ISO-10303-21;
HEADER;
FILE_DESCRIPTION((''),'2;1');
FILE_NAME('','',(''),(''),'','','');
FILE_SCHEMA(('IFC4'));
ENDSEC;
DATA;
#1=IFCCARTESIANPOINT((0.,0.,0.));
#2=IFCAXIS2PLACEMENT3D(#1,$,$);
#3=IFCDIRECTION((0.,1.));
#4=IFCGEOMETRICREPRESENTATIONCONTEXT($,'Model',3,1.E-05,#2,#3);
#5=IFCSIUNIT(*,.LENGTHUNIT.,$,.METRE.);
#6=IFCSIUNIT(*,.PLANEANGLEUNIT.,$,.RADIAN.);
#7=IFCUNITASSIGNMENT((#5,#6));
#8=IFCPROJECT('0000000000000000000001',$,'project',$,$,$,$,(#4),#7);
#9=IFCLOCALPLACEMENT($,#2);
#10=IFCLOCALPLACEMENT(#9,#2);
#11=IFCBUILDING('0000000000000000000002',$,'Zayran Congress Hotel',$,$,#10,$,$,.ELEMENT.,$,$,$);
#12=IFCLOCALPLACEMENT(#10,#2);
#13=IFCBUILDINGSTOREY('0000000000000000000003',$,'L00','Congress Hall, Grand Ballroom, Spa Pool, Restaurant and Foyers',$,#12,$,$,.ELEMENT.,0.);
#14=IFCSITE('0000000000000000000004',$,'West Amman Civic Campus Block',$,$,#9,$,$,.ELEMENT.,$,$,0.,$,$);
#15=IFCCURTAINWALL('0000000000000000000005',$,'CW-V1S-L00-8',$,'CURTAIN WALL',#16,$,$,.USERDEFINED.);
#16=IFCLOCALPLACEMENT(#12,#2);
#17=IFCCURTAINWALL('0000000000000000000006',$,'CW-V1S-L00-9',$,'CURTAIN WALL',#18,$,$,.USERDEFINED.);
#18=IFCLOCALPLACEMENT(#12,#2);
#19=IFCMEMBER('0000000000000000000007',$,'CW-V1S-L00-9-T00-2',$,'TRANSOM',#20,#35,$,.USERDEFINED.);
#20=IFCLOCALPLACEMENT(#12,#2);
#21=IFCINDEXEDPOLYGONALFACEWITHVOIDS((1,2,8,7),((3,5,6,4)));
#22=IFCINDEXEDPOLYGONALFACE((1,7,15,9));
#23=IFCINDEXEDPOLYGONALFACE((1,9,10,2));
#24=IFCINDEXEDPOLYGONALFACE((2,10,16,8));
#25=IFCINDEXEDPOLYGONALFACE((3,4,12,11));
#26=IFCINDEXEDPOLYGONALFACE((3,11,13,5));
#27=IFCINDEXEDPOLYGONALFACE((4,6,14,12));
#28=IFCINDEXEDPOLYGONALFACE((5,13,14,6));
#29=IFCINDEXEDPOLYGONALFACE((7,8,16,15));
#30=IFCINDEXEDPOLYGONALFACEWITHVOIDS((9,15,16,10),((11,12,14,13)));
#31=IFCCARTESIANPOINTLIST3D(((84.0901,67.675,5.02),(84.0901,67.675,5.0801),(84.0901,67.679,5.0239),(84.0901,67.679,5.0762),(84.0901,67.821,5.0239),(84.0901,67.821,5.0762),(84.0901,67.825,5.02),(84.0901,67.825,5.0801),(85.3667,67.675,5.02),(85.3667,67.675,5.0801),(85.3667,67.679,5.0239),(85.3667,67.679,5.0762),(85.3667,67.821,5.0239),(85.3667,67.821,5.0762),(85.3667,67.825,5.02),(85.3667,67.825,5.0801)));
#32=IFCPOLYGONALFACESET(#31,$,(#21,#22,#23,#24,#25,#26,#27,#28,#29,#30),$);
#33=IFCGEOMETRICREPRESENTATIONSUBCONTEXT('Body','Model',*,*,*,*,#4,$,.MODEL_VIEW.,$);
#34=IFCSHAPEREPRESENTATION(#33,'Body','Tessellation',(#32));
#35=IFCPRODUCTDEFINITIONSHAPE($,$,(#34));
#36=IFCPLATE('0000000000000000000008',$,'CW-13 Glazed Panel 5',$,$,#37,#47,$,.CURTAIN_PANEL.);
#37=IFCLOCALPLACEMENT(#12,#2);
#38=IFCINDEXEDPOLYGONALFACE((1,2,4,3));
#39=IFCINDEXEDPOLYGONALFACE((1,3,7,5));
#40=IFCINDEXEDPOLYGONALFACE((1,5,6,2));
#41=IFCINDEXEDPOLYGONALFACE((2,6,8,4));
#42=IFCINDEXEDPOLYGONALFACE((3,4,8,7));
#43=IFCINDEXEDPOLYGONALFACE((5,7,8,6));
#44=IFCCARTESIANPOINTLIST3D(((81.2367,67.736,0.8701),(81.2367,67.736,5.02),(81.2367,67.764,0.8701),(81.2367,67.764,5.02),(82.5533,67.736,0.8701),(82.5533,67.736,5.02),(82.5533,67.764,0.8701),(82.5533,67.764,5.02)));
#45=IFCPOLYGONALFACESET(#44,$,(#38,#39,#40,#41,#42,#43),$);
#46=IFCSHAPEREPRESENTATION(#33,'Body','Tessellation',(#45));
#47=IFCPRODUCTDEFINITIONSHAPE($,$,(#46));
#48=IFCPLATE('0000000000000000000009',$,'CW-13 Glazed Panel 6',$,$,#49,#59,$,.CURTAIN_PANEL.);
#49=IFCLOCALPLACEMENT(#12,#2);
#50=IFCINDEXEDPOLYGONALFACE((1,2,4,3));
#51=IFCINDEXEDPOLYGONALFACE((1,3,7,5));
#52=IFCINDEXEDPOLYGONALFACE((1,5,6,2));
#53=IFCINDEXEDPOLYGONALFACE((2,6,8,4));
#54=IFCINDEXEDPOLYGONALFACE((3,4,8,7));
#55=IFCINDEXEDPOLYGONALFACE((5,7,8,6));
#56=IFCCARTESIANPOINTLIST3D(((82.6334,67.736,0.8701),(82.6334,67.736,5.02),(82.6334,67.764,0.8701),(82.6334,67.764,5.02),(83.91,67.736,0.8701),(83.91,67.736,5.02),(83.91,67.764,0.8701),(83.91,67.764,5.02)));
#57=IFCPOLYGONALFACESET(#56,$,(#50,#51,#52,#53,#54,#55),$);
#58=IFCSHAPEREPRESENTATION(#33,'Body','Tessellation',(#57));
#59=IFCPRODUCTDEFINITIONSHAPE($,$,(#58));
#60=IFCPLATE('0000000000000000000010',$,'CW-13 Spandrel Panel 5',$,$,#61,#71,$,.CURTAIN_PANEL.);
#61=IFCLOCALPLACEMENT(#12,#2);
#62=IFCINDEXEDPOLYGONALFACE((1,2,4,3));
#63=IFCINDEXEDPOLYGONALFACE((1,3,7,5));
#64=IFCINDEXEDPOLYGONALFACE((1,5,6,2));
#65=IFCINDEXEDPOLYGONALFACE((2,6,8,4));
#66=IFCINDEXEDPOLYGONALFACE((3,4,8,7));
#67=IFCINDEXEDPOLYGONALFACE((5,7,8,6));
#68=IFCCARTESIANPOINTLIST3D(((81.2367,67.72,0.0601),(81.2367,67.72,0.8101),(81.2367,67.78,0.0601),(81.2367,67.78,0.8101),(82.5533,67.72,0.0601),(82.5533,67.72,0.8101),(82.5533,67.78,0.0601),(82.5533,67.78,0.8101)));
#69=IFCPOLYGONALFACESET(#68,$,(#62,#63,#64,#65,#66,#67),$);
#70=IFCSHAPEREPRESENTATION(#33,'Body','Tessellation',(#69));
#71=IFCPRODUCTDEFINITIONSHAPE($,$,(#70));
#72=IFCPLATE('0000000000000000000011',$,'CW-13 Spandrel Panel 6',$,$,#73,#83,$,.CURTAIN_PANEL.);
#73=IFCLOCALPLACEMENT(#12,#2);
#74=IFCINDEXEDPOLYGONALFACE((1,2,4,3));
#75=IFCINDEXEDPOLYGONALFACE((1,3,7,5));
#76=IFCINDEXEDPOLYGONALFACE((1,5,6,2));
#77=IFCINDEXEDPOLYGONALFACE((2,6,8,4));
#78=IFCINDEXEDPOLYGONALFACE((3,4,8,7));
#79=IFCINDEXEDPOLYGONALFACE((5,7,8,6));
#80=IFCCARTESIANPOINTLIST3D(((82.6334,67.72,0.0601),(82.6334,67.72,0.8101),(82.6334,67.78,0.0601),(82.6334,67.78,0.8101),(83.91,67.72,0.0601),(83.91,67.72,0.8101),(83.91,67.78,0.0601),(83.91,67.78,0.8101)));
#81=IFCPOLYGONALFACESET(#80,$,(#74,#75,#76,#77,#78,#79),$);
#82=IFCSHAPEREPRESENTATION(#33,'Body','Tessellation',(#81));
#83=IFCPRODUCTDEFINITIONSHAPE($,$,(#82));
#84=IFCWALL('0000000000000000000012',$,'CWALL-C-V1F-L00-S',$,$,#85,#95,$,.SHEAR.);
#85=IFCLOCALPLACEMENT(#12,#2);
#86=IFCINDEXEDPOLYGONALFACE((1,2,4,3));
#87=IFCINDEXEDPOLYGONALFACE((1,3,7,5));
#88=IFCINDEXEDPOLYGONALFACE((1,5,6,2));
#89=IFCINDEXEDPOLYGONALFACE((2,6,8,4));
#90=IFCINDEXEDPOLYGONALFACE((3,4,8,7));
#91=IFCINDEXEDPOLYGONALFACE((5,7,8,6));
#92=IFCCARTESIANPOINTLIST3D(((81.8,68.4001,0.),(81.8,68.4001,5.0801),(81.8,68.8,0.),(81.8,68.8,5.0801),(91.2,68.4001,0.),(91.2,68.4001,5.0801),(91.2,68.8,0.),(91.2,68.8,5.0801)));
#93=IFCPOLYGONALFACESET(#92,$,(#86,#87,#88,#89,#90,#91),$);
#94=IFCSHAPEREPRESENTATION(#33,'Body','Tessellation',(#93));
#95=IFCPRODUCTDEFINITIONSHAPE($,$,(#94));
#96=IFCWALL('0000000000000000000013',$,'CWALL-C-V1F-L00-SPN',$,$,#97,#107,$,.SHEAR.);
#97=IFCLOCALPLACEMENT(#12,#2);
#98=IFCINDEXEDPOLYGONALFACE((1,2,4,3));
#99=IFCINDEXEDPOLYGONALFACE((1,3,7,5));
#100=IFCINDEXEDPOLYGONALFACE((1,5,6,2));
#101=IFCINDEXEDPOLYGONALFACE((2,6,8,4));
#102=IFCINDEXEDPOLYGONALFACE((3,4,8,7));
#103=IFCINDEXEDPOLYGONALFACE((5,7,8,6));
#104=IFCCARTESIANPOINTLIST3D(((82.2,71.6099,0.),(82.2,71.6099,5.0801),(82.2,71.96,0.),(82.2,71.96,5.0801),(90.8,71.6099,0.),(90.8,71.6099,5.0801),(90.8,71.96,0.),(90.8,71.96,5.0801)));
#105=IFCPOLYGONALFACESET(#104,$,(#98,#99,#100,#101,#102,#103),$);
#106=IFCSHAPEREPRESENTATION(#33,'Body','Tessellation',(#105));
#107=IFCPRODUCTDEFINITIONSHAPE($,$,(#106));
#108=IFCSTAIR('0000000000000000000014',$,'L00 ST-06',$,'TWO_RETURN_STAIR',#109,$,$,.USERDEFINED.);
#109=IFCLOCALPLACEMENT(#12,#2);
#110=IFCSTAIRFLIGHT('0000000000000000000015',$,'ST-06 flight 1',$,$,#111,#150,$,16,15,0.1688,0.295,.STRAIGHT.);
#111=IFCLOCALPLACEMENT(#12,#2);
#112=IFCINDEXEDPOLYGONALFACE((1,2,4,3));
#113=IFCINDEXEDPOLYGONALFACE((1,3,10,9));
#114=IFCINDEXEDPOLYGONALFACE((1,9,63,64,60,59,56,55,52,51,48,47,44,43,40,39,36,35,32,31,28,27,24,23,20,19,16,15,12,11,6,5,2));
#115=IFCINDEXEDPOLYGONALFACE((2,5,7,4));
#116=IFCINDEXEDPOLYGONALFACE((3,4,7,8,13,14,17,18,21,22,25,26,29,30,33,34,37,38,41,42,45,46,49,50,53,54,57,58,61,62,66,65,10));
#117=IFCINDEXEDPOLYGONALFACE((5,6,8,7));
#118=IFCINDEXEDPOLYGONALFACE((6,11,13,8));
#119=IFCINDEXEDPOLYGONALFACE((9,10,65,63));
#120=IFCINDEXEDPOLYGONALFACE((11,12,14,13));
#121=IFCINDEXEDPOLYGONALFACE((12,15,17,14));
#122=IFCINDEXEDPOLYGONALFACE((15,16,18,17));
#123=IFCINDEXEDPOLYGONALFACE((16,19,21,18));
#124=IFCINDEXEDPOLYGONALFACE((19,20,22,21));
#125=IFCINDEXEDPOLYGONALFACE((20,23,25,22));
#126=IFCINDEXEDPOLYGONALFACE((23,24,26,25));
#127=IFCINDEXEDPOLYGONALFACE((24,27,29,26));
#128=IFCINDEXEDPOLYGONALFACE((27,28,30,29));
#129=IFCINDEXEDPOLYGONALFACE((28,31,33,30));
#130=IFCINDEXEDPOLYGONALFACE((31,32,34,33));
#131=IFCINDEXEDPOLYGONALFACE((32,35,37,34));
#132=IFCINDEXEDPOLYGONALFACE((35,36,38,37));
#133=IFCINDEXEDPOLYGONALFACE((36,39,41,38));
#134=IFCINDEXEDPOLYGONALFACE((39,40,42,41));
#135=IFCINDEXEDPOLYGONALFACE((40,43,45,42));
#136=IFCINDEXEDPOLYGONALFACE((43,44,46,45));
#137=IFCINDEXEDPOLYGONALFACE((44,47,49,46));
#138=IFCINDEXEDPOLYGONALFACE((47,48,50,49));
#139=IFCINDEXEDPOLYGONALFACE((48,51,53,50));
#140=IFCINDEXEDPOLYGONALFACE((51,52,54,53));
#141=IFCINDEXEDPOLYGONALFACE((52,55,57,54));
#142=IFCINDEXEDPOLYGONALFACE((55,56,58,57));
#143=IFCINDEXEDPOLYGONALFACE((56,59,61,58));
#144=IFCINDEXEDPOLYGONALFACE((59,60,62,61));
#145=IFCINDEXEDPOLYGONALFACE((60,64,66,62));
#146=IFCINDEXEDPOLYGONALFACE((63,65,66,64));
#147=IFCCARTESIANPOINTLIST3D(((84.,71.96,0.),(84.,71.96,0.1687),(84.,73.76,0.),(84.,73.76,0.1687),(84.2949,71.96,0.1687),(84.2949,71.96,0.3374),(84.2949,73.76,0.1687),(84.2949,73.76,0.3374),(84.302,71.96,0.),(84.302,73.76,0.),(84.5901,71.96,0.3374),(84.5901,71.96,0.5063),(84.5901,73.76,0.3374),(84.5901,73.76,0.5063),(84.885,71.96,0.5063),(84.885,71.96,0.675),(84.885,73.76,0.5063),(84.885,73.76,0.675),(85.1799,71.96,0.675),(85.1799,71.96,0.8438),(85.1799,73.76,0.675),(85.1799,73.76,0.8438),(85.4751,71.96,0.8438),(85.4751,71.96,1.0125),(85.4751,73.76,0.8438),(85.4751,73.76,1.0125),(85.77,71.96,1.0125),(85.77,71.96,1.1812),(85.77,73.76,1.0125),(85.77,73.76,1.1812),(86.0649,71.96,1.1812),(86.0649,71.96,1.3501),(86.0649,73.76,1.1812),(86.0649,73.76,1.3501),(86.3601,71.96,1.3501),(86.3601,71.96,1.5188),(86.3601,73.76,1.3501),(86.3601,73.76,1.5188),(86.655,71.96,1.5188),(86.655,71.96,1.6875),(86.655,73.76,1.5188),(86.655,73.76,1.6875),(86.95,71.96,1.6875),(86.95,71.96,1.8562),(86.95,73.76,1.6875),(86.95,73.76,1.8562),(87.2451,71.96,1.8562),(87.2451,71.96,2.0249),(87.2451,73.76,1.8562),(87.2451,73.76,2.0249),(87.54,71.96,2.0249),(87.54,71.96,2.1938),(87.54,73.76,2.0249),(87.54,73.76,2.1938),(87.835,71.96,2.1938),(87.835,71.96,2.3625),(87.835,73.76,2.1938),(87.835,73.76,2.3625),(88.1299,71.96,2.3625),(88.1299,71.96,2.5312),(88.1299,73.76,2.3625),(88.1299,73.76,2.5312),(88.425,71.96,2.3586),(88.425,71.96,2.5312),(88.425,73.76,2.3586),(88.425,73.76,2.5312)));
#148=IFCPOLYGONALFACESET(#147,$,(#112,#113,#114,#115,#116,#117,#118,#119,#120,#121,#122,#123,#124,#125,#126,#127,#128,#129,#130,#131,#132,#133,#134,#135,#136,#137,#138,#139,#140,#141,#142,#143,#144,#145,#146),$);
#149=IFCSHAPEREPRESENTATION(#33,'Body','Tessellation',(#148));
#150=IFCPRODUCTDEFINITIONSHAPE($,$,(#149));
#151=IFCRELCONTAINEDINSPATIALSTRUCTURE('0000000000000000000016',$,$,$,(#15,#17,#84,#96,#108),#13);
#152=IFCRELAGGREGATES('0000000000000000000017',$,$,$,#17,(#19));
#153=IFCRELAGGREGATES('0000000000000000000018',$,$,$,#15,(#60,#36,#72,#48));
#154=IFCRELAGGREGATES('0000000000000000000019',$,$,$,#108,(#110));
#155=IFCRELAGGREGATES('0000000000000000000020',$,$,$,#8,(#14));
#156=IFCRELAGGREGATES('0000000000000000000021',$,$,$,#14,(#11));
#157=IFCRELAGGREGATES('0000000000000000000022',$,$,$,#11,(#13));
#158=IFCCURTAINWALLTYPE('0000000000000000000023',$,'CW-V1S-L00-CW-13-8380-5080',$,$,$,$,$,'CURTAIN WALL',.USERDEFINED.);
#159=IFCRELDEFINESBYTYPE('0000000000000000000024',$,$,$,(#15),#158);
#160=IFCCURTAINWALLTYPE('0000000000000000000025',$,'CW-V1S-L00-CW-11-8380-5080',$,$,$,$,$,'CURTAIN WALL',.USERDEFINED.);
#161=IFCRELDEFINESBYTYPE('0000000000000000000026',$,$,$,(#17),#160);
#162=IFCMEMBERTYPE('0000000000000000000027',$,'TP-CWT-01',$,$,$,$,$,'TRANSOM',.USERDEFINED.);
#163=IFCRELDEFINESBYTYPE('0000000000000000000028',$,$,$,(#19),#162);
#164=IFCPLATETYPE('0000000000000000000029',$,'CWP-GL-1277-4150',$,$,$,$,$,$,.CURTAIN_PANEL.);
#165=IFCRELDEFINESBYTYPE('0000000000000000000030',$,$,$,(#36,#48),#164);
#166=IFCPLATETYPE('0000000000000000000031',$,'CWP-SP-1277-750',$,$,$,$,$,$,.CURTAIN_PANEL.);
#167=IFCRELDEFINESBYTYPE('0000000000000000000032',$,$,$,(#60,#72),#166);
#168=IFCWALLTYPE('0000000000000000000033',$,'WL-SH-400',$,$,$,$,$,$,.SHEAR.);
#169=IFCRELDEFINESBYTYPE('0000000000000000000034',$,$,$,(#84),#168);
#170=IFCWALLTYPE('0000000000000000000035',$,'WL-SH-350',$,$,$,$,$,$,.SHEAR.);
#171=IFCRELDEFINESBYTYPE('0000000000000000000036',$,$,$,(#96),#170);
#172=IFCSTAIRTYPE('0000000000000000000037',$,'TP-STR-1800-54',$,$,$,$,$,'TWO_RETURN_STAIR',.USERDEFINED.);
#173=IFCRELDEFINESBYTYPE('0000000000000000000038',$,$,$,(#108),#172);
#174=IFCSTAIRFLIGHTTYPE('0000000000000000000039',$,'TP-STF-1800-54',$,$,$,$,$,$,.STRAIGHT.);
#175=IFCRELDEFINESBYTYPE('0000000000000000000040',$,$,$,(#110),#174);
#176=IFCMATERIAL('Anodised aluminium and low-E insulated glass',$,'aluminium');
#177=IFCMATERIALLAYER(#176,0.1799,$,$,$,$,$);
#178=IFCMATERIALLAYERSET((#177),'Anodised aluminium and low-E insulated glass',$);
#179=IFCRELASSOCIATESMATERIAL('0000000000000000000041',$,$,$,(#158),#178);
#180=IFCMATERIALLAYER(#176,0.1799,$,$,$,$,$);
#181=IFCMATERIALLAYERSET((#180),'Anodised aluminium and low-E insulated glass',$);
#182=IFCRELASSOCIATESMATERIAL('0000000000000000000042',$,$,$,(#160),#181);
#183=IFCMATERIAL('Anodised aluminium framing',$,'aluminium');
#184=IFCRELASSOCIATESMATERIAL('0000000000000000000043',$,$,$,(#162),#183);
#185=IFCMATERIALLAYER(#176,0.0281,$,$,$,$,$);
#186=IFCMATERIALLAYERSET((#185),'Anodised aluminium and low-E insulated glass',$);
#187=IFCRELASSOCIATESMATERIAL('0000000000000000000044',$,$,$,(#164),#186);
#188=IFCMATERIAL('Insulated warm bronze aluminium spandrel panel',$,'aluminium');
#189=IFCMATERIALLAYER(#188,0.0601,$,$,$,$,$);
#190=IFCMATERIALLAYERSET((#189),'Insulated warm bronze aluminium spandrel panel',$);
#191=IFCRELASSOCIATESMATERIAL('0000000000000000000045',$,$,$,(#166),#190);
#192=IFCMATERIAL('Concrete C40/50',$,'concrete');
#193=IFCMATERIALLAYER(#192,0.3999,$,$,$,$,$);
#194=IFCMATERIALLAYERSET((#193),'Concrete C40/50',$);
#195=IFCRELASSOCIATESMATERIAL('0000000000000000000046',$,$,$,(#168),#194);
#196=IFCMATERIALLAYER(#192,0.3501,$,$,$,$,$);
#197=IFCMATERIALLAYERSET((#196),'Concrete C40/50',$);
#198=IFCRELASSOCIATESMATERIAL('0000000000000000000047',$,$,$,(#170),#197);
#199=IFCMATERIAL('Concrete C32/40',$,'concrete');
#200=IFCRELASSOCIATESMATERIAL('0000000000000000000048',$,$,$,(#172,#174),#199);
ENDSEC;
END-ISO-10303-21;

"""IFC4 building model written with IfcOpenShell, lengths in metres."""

from ifc_helpers import new_model, si_unit, direction, frame, frame_2d, origin, origin_2d, place, context, subcontext, project, spatial, polyline, rectangle, hollow_rectangle, outline, extrude, material, layer, layer_set, material_profile, profile_set, type_object, element, aggregate, save


model = new_model("IFC4")

# Units and contexts
model_context = context("Model", 3, precision=1e-05, world=origin(), true_north=direction((0.0, 1.0)))
body_context = subcontext(model_context, "Body", "Model", "MODEL_VIEW")
ifc_project = project(units=[si_unit("LENGTHUNIT", "METRE"), si_unit("PLANEANGLEUNIT", "RADIAN")], contexts=[model_context])

# Site, building, storey
site_placement = place(None, origin())
site = spatial("IfcSite", under=ifc_project, at=site_placement, Name="West Amman Civic Campus Block", CompositionType="ELEMENT", RefElevation=0.0)
building_placement = place(site_placement, origin())
building = spatial("IfcBuilding", under=site, at=building_placement, Name="Zayran Congress Hotel", CompositionType="ELEMENT")
storey_placement = place(building_placement, origin())
storey = spatial("IfcBuildingStorey", under=building, at=storey_placement, Name="L00", Description="Congress Hall, Grand Ballroom, Spa Pool, Restaurant and Foyers", CompositionType="ELEMENT", Elevation=0.0)

# Shared definitions
ifc_material_1 = material(Name="Concrete C40/50", Category="concrete")

# Curtain wall
ifc_material_2 = material(Name="Anodised aluminium and low-E insulated glass", Category="aluminium")
ifc_layer_1 = layer(ifc_material_2, 0.1799)
ifc_layer_set_1 = layer_set([ifc_layer_1], Name="Anodised aluminium and low-E insulated glass")
curtain_wall_type_1 = type_object("IfcCurtainWallType", Name="CW-V1S-L00-CW-13-8380-5080", ElementType="CURTAIN WALL", PredefinedType="USERDEFINED", material=ifc_layer_set_1)
curtain_wall_1_placement = place(storey_placement, origin())
curtain_wall_1 = element("IfcCurtainWall", 1, at=curtain_wall_1_placement, inside=storey, type_object=curtain_wall_type_1, Name="CW-V1S-L00-8", ObjectType="CURTAIN WALL", PredefinedType="USERDEFINED")
ifc_material_3 = material(Name="Anodised aluminium framing", Category="aluminium")

# Curtain wall
ifc_layer_2 = layer(ifc_material_2, 0.1799)
ifc_layer_set_2 = layer_set([ifc_layer_2], Name="Anodised aluminium and low-E insulated glass")
curtain_wall_type_2 = type_object("IfcCurtainWallType", Name="CW-V1S-L00-CW-11-8380-5080", ElementType="CURTAIN WALL", PredefinedType="USERDEFINED", material=ifc_layer_set_2)
curtain_wall_2_placement = place(storey_placement, origin())
curtain_wall_2 = element("IfcCurtainWall", 2, at=curtain_wall_2_placement, inside=storey, type_object=curtain_wall_type_2, Name="CW-V1S-L00-9", ObjectType="CURTAIN WALL", PredefinedType="USERDEFINED")

# Member
ifc_material_profile_1 = material_profile(ifc_material_3, hollow_rectangle(XDim=0.0601, YDim=0.1499, WallThickness=0.0039, at=origin_2d()), Name="RHS 150x60x4")
ifc_profile_set_1 = profile_set([ifc_material_profile_1], Name="Anodised aluminium framing")
member_type_1 = type_object("IfcMemberType", Name="TP-CWT-01", ElementType="TRANSOM", PredefinedType="USERDEFINED", material=ifc_profile_set_1)
member_1_placement = place(storey_placement, frame((84.0901, 67.75, 5.05), z_axis=(1.0, 0.0, 0.0), x_axis=(0.0, 0.0, 1.0)))
member_1 = element("IfcMember", 3, at=member_1_placement, type_object=member_type_1, Name="CW-V1S-L00-9-T00-2", ObjectType="TRANSOM", PredefinedType="USERDEFINED", context=body_context, shape_type="SweptSolid", body=[
    extrude(hollow_rectangle(XDim=0.0601, YDim=0.1499, WallThickness=0.0039, at=origin_2d()), origin(), (0.0, 0.0, 1.0), 1.2766),
])
aggregate(curtain_wall_2, [member_1])

# Plates
ifc_layer_3 = layer(ifc_material_2, 0.0281)
ifc_layer_set_3 = layer_set([ifc_layer_3], Name="Anodised aluminium and low-E insulated glass")
plate_type_1 = type_object("IfcPlateType", Name="CWP-GL-1277-4150", PredefinedType="CURTAIN_PANEL", material=ifc_layer_set_3)
plate_1_placement = place(storey_placement, frame((81.895, 67.75, 0.8701), z_axis=(0.0, 0.0, 1.0), x_axis=(1.0, 0.0, 0.0)))
plate_1 = element("IfcPlate", 4, at=plate_1_placement, type_object=plate_type_1, Name="CW-13 Glazed Panel 5", PredefinedType="CURTAIN_PANEL", context=body_context, shape_type="SweptSolid", body=[
    extrude(rectangle(XDim=1.3167, YDim=0.0281, at=origin_2d()), origin(), (0.0, 0.0, 1.0), 4.1499),
])
plate_2_placement = place(storey_placement, frame((83.2717, 67.75, 0.8701), z_axis=(0.0, 0.0, 1.0), x_axis=(1.0, 0.0, 0.0)))
plate_2 = element("IfcPlate", 5, at=plate_2_placement, type_object=plate_type_1, Name="CW-13 Glazed Panel 6", PredefinedType="CURTAIN_PANEL", context=body_context, shape_type="SweptSolid", body=[
    extrude(rectangle(XDim=1.2766, YDim=0.0281, at=origin_2d()), origin(), (0.0, 0.0, 1.0), 4.1499),
])
ifc_material_4 = material(Name="Insulated warm bronze aluminium spandrel panel", Category="aluminium")
ifc_layer_4 = layer(ifc_material_4, 0.0601)
ifc_layer_set_4 = layer_set([ifc_layer_4], Name="Insulated warm bronze aluminium spandrel panel")
plate_type_2 = type_object("IfcPlateType", Name="CWP-SP-1277-750", PredefinedType="CURTAIN_PANEL", material=ifc_layer_set_4)
plate_3_placement = place(storey_placement, frame((81.895, 67.75, 0.0601), z_axis=(0.0, 0.0, 1.0), x_axis=(1.0, 0.0, 0.0)))
plate_3 = element("IfcPlate", 6, at=plate_3_placement, type_object=plate_type_2, Name="CW-13 Spandrel Panel 5", PredefinedType="CURTAIN_PANEL", context=body_context, shape_type="SweptSolid", body=[
    extrude(rectangle(XDim=1.3167, YDim=0.0601, at=origin_2d()), origin(), (0.0, 0.0, 1.0), 0.75),
])
plate_4_placement = place(storey_placement, frame((83.2717, 67.75, 0.0601), z_axis=(0.0, 0.0, 1.0), x_axis=(1.0, 0.0, 0.0)))
plate_4 = element("IfcPlate", 7, at=plate_4_placement, type_object=plate_type_2, Name="CW-13 Spandrel Panel 6", PredefinedType="CURTAIN_PANEL", context=body_context, shape_type="SweptSolid", body=[
    extrude(rectangle(XDim=1.2766, YDim=0.0601, at=origin_2d()), origin(), (0.0, 0.0, 1.0), 0.75),
])
aggregate(curtain_wall_1, [plate_3, plate_1, plate_4, plate_2])

# Walls
ifc_layer_5 = layer(ifc_material_1, 0.3999)
ifc_layer_set_5 = layer_set([ifc_layer_5], Name="Concrete C40/50")
wall_type_1 = type_object("IfcWallType", Name="WL-SH-400", PredefinedType="SHEAR", material=ifc_layer_set_5)
wall_1_placement = place(storey_placement, frame((81.8, 68.6001, 0.0), z_axis=(0.0, 0.0, 1.0), x_axis=(1.0, 0.0, 0.0)))
element("IfcWall", 8, at=wall_1_placement, inside=storey, type_object=wall_type_1, Name="CWALL-C-V1F-L00-S", PredefinedType="SHEAR", context=body_context, shape_type="SweptSolid", body=[
    extrude(rectangle(XDim=9.3999, YDim=0.3999, at=frame_2d((4.7, 0.0))), origin(), (0.0, 0.0, 1.0), 5.0801),
])
ifc_layer_6 = layer(ifc_material_1, 0.3501)
ifc_layer_set_6 = layer_set([ifc_layer_6], Name="Concrete C40/50")
wall_type_2 = type_object("IfcWallType", Name="WL-SH-350", PredefinedType="SHEAR", material=ifc_layer_set_6)
wall_2_placement = place(storey_placement, frame((82.2, 71.7849, 0.0), z_axis=(0.0, 0.0, 1.0), x_axis=(1.0, 0.0, 0.0)))
element("IfcWall", 9, at=wall_2_placement, inside=storey, type_object=wall_type_2, Name="CWALL-C-V1F-L00-SPN", PredefinedType="SHEAR", context=body_context, shape_type="SweptSolid", body=[
    extrude(rectangle(XDim=8.6001, YDim=0.3501, at=frame_2d((4.3, 0.0))), origin(), (0.0, 0.0, 1.0), 5.0801),
])

# Stair, stair flight
ifc_material_5 = material(Name="Concrete C32/40", Category="concrete")
stair_type = type_object("IfcStairType", Name="TP-STR-1800-54", ElementType="TWO_RETURN_STAIR", PredefinedType="USERDEFINED", material=ifc_material_5)
stair_placement = place(storey_placement, origin())
stair = element("IfcStair", 10, at=stair_placement, inside=storey, type_object=stair_type, Name="L00 ST-06", ObjectType="TWO_RETURN_STAIR", PredefinedType="USERDEFINED")
stair_flight_type = type_object("IfcStairFlightType", Name="TP-STF-1800-54", PredefinedType="STRAIGHT", material=ifc_material_5)
stair_flight_placement = place(storey_placement, frame((84.0, 72.8601, 0.0), z_axis=(0.0, 0.0, 1.0), x_axis=(1.0, 0.0, 0.0)))
stair_flight = element("IfcStairFlight", 11, at=stair_flight_placement, type_object=stair_flight_type, Name="ST-06 flight 1", NumberOfRisers=16, NumberOfTreads=15, PredefinedType="STRAIGHT", RiserHeight=0.1688, TreadLength=0.295, context=body_context, shape_type="SweptSolid", body=[
    extrude(outline(polyline([(0.0, 0.0), (0.0, 0.1687), (0.2949, 0.1687), (0.2949, 0.3374), (0.5901, 0.3374), (0.5901, 0.5063), (0.885, 0.5063), (0.885, 0.675), (1.1799, 0.675), (1.1799, 0.8438), (1.4751, 0.8438), (1.4751, 1.0125), (1.77, 1.0125), (1.77, 1.1812), (2.0649, 1.1812), (2.0649, 1.3501), (2.3601, 1.3501), (2.3601, 1.5188), (2.655, 1.5188), (2.655, 1.6875), (2.95, 1.6875), (2.95, 1.8562), (3.2451, 1.8562), (3.2451, 2.0249), (3.54, 2.0249), (3.54, 2.1938), (3.835, 2.1938), (3.835, 2.3625), (4.1299, 2.3625), (4.1299, 2.5312), (4.425, 2.5312), (4.425, 2.7), (4.425, 2.3586), (0.302, 0.0), (0.0, 0.0)])), frame((0.0, 0.8999, 0.0), z_axis=(0.0, -1.0, 0.0), x_axis=(1.0, 0.0, 0.0)), (0.0, 0.0, 1.0), 1.8),
])
aggregate(stair, [stair_flight])

save(model, "model.ifc")
